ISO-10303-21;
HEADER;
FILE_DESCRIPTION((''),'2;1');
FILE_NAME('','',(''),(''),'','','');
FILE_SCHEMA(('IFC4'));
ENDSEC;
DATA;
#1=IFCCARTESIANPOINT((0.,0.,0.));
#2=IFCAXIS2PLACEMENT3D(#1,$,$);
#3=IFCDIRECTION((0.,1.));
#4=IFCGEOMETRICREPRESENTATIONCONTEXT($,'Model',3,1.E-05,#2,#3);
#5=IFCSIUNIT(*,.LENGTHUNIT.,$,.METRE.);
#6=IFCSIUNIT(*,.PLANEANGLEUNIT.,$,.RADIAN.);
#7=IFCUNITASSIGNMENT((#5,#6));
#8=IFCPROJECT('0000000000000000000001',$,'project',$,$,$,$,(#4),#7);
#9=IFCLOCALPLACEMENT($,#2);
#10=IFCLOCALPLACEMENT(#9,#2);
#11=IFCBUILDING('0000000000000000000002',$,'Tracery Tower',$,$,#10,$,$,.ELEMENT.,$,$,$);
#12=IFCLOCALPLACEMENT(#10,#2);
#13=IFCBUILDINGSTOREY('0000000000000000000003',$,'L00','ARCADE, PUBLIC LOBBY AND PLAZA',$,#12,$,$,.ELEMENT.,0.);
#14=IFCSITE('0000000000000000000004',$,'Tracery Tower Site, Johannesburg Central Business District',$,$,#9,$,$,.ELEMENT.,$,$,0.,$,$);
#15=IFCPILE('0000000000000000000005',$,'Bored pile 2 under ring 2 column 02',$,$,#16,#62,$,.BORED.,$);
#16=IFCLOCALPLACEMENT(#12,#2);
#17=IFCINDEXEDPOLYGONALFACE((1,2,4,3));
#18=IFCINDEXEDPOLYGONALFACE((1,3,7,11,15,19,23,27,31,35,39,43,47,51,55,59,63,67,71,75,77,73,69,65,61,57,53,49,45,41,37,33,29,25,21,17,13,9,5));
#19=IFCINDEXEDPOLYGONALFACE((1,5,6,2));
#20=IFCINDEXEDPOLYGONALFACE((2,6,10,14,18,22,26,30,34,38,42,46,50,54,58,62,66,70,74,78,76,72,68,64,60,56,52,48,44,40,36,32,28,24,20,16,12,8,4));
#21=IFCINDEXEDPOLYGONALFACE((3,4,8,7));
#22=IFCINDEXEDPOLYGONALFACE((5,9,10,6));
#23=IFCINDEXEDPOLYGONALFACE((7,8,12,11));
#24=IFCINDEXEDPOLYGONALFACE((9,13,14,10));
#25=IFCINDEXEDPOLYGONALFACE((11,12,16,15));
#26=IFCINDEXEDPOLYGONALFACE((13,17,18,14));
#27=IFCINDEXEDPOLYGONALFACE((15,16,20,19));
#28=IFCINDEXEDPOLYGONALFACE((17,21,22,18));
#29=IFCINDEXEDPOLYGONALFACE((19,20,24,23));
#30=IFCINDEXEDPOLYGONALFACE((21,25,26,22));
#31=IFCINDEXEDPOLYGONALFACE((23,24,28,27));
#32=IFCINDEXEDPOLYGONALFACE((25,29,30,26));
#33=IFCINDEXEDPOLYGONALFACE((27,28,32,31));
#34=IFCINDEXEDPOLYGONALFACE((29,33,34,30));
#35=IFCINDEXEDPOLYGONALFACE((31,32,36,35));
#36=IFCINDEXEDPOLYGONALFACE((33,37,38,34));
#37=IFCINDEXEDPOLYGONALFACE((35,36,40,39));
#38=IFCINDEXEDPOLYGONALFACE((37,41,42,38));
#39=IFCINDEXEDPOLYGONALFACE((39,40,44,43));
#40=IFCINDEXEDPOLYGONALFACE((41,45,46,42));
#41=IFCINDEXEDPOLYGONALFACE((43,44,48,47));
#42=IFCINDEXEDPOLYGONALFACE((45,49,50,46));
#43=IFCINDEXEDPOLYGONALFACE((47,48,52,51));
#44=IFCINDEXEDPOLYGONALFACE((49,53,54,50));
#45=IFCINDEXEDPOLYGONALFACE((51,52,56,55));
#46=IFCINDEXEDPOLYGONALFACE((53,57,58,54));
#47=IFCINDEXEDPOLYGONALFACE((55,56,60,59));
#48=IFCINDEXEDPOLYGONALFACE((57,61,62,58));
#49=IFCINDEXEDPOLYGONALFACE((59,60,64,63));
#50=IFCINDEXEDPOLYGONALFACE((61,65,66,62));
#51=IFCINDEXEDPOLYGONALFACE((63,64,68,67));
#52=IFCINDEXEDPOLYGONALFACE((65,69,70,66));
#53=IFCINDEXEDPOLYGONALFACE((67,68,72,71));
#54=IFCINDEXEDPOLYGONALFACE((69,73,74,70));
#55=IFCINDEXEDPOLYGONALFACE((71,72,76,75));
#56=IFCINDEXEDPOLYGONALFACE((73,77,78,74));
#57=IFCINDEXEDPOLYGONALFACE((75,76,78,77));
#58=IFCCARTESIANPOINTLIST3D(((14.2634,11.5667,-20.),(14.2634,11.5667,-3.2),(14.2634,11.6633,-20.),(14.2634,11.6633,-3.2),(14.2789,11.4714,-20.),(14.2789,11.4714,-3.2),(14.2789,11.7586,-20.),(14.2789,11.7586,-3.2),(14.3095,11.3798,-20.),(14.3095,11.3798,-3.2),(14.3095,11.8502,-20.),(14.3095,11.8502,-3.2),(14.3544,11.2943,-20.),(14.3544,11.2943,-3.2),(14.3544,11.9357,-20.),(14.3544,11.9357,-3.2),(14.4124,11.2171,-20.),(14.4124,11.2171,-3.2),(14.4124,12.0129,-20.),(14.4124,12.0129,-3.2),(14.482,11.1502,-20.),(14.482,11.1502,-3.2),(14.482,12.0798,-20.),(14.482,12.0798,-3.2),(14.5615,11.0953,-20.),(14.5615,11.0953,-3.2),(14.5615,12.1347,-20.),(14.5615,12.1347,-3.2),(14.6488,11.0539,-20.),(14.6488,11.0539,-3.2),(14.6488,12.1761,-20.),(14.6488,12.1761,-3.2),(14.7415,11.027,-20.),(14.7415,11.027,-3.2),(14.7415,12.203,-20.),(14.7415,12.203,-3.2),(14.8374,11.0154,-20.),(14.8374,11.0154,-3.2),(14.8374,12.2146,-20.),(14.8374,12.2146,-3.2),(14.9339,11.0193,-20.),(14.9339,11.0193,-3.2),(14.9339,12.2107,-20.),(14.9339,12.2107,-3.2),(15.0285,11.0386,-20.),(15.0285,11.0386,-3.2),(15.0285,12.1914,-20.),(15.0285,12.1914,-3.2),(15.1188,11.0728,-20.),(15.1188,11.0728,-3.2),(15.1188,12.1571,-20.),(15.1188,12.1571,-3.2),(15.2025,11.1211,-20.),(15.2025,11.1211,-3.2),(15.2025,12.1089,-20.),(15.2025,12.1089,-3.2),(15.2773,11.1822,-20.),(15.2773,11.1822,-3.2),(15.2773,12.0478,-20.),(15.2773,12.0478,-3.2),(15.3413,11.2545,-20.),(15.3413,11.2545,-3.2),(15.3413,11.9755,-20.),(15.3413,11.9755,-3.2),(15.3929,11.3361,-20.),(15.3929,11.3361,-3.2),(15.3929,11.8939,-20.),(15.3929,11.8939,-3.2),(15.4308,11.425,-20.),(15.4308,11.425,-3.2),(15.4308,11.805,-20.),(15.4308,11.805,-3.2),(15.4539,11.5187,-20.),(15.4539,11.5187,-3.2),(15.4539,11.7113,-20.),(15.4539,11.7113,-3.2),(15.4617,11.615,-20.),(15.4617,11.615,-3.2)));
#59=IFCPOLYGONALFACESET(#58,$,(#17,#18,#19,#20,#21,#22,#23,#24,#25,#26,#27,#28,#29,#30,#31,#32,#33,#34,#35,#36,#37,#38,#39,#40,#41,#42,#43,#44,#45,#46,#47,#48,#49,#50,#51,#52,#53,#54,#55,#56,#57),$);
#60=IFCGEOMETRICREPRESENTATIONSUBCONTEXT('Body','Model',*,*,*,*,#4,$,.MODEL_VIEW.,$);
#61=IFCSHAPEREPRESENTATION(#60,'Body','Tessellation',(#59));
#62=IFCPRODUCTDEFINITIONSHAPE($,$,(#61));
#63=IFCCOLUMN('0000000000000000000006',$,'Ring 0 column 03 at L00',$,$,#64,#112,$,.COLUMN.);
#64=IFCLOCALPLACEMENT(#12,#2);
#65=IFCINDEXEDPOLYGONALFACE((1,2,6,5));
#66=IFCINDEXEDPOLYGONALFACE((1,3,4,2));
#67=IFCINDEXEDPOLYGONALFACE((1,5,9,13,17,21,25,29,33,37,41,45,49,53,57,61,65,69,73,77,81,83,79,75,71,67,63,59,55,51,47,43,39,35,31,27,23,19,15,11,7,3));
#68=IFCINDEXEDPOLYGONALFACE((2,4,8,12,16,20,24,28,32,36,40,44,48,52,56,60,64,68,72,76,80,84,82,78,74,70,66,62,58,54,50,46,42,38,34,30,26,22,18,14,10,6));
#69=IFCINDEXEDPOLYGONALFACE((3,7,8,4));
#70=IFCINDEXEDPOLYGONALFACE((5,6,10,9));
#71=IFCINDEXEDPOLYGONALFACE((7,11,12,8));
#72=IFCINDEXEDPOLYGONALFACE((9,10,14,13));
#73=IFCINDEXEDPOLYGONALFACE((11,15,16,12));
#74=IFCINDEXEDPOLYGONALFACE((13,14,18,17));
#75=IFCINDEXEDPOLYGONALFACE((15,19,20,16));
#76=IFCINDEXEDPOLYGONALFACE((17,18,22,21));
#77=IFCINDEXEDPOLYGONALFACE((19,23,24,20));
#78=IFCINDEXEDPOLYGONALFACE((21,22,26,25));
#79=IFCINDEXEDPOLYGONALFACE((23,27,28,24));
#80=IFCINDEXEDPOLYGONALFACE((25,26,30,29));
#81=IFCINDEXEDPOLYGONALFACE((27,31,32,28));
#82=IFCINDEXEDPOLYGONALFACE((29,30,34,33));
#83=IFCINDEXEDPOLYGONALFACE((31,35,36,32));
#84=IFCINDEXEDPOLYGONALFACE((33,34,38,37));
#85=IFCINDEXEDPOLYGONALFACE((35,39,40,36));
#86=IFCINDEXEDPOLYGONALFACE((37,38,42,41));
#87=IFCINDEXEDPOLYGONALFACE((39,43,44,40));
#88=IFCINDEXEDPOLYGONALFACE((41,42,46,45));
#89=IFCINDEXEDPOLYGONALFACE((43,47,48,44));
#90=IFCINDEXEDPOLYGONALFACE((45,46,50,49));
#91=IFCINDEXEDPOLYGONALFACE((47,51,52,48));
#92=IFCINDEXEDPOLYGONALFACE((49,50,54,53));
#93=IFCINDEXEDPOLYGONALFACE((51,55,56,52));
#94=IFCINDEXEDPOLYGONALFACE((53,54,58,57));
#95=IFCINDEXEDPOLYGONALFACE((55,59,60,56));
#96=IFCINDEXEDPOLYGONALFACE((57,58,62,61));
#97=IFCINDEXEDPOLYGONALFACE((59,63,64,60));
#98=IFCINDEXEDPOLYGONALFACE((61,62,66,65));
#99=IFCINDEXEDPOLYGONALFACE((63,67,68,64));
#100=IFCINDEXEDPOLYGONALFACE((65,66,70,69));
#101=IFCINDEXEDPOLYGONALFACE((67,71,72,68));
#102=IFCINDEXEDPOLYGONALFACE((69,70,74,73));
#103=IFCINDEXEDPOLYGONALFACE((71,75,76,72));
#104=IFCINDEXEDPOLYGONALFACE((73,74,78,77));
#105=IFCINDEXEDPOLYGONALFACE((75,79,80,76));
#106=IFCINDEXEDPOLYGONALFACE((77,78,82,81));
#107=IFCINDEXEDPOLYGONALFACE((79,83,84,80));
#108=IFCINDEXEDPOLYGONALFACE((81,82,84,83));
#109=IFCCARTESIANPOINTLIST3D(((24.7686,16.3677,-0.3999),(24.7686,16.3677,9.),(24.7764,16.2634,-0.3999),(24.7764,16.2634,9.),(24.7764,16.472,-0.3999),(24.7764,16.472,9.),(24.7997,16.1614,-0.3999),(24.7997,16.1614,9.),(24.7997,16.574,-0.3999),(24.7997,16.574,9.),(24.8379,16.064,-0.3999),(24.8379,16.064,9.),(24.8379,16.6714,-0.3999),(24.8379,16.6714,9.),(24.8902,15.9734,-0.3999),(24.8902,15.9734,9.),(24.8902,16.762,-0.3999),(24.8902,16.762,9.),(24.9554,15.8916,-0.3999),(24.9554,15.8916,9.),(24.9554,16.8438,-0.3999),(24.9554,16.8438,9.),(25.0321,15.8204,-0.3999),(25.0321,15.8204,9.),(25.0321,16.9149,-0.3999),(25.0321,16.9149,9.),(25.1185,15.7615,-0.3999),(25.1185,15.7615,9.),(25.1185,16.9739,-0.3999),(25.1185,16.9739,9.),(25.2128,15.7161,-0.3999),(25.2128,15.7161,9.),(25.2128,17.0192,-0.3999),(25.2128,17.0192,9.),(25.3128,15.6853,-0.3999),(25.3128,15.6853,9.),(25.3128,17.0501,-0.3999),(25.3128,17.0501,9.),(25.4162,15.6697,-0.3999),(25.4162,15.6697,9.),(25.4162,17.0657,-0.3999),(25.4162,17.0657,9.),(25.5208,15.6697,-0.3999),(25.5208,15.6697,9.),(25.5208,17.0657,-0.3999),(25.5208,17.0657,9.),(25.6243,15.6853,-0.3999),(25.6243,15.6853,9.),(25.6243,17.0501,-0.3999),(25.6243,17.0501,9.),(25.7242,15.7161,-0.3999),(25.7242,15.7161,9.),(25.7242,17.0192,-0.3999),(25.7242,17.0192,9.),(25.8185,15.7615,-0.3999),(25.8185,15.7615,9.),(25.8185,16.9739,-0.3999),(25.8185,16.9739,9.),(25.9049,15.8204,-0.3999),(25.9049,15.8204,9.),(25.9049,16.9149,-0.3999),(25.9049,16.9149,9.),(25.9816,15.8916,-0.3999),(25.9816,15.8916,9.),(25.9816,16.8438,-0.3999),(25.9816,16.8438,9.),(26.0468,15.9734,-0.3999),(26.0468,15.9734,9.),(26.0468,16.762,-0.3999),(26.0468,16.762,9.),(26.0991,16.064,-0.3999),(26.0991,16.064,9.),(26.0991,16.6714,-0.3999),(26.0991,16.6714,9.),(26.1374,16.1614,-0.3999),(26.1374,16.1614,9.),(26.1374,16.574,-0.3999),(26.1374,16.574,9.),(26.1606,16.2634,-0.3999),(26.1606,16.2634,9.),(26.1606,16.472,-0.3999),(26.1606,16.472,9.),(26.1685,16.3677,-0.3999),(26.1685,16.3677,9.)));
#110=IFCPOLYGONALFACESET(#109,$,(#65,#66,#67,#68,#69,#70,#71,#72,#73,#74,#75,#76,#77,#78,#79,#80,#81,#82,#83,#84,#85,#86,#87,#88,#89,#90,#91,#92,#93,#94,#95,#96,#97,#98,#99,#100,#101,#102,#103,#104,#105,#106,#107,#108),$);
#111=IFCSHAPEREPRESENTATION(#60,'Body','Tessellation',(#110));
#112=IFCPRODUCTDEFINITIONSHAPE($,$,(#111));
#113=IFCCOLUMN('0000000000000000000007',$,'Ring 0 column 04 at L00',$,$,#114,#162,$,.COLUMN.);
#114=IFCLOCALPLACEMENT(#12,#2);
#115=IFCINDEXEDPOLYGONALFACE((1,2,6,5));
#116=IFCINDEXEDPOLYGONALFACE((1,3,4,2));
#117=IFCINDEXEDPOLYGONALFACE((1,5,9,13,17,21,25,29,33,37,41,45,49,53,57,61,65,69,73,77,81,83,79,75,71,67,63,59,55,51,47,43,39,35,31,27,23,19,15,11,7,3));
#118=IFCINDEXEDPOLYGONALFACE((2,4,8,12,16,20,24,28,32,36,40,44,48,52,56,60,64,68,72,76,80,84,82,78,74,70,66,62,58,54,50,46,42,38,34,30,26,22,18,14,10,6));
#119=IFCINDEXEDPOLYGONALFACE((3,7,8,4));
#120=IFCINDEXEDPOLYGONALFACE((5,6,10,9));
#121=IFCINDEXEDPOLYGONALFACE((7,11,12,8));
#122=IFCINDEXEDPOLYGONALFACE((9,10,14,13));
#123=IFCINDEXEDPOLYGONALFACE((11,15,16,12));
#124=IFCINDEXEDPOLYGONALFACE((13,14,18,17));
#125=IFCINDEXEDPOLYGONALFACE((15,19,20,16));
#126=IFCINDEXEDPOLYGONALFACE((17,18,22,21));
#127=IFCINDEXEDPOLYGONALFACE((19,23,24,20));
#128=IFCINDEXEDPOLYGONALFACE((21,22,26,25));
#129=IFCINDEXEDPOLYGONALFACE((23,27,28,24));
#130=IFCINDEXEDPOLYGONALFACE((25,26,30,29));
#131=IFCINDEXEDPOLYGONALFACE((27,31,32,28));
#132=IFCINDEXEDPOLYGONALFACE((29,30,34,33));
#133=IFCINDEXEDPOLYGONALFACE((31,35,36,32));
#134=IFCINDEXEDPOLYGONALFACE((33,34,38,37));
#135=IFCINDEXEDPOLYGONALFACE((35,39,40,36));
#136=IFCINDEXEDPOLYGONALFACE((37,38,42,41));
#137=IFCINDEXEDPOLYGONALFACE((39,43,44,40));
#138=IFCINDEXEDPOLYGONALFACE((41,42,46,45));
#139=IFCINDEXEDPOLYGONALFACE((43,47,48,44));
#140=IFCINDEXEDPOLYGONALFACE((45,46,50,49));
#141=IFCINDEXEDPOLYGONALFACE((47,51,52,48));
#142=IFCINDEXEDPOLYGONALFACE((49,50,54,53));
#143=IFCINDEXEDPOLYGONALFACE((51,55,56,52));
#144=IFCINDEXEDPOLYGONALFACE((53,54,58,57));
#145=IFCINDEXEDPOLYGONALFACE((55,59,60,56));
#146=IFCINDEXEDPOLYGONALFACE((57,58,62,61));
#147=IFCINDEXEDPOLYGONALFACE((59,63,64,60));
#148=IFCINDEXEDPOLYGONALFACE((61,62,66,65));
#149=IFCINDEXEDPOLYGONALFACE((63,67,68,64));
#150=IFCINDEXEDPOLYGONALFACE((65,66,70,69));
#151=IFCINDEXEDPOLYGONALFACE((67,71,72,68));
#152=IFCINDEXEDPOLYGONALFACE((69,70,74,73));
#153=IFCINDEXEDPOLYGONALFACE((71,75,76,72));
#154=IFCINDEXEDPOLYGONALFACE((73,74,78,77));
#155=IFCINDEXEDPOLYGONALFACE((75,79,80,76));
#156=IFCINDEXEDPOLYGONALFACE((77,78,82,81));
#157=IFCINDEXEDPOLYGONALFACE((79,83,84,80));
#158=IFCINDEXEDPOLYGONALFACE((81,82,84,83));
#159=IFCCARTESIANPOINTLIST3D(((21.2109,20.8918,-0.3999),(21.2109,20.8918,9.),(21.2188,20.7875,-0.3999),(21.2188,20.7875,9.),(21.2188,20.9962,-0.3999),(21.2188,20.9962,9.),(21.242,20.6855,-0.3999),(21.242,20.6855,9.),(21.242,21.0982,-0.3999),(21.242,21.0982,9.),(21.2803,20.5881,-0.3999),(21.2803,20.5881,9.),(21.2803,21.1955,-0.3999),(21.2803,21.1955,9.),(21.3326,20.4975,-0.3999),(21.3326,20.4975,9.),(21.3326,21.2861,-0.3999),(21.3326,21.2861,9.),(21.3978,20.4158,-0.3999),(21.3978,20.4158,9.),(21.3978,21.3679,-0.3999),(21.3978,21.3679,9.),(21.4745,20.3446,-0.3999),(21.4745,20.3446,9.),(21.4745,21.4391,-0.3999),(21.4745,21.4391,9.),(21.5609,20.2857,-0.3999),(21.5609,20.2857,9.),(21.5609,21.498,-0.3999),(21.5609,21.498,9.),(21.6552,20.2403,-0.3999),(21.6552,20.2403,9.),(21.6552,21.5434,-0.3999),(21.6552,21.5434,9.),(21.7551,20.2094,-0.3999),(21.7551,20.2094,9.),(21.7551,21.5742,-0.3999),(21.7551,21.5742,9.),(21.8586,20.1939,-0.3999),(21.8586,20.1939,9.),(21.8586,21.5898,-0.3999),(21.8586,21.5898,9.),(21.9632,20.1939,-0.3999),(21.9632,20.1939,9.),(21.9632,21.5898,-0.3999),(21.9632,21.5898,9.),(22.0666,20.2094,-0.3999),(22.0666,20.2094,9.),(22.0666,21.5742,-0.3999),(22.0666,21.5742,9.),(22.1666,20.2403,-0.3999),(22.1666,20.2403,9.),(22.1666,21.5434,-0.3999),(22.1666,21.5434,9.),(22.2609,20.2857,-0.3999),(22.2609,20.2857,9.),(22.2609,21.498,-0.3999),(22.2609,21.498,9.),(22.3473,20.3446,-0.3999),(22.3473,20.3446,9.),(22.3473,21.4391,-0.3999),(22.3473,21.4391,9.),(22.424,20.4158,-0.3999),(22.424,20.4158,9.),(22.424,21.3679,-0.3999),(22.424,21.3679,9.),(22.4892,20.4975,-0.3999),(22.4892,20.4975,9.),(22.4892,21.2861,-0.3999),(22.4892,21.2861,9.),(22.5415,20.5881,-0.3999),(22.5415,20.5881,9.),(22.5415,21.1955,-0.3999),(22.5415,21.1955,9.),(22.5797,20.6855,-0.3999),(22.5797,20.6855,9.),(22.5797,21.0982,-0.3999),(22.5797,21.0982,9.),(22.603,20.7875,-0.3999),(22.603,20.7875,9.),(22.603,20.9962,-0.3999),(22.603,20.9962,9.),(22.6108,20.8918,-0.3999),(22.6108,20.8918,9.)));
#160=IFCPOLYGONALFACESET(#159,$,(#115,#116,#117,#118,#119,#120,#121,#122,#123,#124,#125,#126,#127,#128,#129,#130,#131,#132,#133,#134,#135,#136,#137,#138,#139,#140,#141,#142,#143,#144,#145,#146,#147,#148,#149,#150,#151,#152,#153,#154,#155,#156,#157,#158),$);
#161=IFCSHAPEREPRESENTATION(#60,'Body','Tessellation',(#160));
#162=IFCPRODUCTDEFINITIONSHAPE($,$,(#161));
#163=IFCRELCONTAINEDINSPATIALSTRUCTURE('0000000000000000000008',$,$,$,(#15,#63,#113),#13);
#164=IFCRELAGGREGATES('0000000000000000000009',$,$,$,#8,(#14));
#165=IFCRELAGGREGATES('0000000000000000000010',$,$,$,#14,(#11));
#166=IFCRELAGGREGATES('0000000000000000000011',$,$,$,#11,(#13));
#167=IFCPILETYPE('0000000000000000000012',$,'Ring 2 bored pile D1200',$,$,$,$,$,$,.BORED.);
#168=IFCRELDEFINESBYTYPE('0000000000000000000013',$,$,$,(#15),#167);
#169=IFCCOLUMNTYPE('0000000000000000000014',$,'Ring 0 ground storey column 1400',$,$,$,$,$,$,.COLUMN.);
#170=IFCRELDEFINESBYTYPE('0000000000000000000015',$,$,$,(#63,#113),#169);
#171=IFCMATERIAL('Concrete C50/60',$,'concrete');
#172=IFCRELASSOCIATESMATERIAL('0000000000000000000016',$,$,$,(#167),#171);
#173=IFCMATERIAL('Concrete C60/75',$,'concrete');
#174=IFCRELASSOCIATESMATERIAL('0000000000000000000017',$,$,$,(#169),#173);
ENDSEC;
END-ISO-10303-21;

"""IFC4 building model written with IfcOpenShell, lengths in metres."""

from ifc_helpers import new_model, si_unit, direction, frame, origin, origin_2d, place, context, subcontext, project, spatial, circle, extrude, material, material_profile, profile_set, type_object, element, save


model = new_model("IFC4")

# Units and contexts
model_context = context("Model", 3, precision=1e-05, world=origin(), true_north=direction((0.0, 1.0)))
body_context = subcontext(model_context, "Body", "Model", "MODEL_VIEW")
ifc_project = project(units=[si_unit("LENGTHUNIT", "METRE"), si_unit("PLANEANGLEUNIT", "RADIAN")], contexts=[model_context])

# Site, building, storey
site_placement = place(None, origin())
site = spatial("IfcSite", under=ifc_project, at=site_placement, Name="Tracery Tower Site, Johannesburg Central Business District", CompositionType="ELEMENT", RefElevation=0.0)
building_placement = place(site_placement, origin())
building = spatial("IfcBuilding", under=site, at=building_placement, Name="Tracery Tower", CompositionType="ELEMENT")
storey_placement = place(building_placement, origin())
storey = spatial("IfcBuildingStorey", under=building, at=storey_placement, Name="L00", Description="ARCADE, PUBLIC LOBBY AND PLAZA", CompositionType="ELEMENT", Elevation=0.0)

# Pile
ifc_material_1 = material(Name="Concrete C50/60", Category="concrete")
ifc_material_profile_1 = material_profile(ifc_material_1, circle(Radius=0.6001, at=origin_2d()), Name="RC D1200")
ifc_profile_set_1 = profile_set([ifc_material_profile_1], Name="Concrete C50/60")
pile_type_1 = type_object("IfcPileType", Name="Ring 2 bored pile D1200", PredefinedType="BORED", material=ifc_profile_set_1)
pile_placement = place(storey_placement, frame((14.8616, 11.615, -3.2), z_axis=(0.0, 0.0, -1.0), x_axis=(1.0, 0.0, 0.0)))
element("IfcPile", 1, at=pile_placement, inside=storey, type_object=pile_type_1, Name="Bored pile 2 under ring 2 column 02", PredefinedType="BORED", context=body_context, shape_type="SweptSolid", body=[
    extrude(circle(Radius=0.6001, at=origin_2d()), origin(), (0.0, 0.0, 1.0), 16.8),
])

# Columns
ifc_material_2 = material(Name="Concrete C60/75", Category="concrete")
ifc_material_profile_2 = material_profile(ifc_material_2, circle(Radius=0.7, at=origin_2d()), Name="RC D1400")
ifc_profile_set_2 = profile_set([ifc_material_profile_2], Name="Concrete C60/75")
column_type_1 = type_object("IfcColumnType", Name="Ring 0 ground storey column 1400", PredefinedType="COLUMN", material=ifc_profile_set_2)
for number, where, z_axis, x_axis, name in (
    (2, (25.4685, 16.3677, -0.3999), (0.0, 0.0, 1.0), (1.0, 0.0, 0.0), "Ring 0 column 03 at L00"),
    (3, (21.9109, 20.8918, -0.3999), (0.0, 0.0, 1.0), (1.0, 0.0, 0.0), "Ring 0 column 04 at L00"),
):
    element("IfcColumn", number, at=place(storey_placement, frame(where, z_axis=z_axis, x_axis=x_axis)), inside=storey, type_object=column_type_1, Name=name, PredefinedType="COLUMN", context=body_context, shape_type="SweptSolid", body=[
        extrude(circle(Radius=0.7, at=origin_2d()), origin(), (0.0, 0.0, 1.0), 9.3999),
    ])

save(model, "model.ifc")
